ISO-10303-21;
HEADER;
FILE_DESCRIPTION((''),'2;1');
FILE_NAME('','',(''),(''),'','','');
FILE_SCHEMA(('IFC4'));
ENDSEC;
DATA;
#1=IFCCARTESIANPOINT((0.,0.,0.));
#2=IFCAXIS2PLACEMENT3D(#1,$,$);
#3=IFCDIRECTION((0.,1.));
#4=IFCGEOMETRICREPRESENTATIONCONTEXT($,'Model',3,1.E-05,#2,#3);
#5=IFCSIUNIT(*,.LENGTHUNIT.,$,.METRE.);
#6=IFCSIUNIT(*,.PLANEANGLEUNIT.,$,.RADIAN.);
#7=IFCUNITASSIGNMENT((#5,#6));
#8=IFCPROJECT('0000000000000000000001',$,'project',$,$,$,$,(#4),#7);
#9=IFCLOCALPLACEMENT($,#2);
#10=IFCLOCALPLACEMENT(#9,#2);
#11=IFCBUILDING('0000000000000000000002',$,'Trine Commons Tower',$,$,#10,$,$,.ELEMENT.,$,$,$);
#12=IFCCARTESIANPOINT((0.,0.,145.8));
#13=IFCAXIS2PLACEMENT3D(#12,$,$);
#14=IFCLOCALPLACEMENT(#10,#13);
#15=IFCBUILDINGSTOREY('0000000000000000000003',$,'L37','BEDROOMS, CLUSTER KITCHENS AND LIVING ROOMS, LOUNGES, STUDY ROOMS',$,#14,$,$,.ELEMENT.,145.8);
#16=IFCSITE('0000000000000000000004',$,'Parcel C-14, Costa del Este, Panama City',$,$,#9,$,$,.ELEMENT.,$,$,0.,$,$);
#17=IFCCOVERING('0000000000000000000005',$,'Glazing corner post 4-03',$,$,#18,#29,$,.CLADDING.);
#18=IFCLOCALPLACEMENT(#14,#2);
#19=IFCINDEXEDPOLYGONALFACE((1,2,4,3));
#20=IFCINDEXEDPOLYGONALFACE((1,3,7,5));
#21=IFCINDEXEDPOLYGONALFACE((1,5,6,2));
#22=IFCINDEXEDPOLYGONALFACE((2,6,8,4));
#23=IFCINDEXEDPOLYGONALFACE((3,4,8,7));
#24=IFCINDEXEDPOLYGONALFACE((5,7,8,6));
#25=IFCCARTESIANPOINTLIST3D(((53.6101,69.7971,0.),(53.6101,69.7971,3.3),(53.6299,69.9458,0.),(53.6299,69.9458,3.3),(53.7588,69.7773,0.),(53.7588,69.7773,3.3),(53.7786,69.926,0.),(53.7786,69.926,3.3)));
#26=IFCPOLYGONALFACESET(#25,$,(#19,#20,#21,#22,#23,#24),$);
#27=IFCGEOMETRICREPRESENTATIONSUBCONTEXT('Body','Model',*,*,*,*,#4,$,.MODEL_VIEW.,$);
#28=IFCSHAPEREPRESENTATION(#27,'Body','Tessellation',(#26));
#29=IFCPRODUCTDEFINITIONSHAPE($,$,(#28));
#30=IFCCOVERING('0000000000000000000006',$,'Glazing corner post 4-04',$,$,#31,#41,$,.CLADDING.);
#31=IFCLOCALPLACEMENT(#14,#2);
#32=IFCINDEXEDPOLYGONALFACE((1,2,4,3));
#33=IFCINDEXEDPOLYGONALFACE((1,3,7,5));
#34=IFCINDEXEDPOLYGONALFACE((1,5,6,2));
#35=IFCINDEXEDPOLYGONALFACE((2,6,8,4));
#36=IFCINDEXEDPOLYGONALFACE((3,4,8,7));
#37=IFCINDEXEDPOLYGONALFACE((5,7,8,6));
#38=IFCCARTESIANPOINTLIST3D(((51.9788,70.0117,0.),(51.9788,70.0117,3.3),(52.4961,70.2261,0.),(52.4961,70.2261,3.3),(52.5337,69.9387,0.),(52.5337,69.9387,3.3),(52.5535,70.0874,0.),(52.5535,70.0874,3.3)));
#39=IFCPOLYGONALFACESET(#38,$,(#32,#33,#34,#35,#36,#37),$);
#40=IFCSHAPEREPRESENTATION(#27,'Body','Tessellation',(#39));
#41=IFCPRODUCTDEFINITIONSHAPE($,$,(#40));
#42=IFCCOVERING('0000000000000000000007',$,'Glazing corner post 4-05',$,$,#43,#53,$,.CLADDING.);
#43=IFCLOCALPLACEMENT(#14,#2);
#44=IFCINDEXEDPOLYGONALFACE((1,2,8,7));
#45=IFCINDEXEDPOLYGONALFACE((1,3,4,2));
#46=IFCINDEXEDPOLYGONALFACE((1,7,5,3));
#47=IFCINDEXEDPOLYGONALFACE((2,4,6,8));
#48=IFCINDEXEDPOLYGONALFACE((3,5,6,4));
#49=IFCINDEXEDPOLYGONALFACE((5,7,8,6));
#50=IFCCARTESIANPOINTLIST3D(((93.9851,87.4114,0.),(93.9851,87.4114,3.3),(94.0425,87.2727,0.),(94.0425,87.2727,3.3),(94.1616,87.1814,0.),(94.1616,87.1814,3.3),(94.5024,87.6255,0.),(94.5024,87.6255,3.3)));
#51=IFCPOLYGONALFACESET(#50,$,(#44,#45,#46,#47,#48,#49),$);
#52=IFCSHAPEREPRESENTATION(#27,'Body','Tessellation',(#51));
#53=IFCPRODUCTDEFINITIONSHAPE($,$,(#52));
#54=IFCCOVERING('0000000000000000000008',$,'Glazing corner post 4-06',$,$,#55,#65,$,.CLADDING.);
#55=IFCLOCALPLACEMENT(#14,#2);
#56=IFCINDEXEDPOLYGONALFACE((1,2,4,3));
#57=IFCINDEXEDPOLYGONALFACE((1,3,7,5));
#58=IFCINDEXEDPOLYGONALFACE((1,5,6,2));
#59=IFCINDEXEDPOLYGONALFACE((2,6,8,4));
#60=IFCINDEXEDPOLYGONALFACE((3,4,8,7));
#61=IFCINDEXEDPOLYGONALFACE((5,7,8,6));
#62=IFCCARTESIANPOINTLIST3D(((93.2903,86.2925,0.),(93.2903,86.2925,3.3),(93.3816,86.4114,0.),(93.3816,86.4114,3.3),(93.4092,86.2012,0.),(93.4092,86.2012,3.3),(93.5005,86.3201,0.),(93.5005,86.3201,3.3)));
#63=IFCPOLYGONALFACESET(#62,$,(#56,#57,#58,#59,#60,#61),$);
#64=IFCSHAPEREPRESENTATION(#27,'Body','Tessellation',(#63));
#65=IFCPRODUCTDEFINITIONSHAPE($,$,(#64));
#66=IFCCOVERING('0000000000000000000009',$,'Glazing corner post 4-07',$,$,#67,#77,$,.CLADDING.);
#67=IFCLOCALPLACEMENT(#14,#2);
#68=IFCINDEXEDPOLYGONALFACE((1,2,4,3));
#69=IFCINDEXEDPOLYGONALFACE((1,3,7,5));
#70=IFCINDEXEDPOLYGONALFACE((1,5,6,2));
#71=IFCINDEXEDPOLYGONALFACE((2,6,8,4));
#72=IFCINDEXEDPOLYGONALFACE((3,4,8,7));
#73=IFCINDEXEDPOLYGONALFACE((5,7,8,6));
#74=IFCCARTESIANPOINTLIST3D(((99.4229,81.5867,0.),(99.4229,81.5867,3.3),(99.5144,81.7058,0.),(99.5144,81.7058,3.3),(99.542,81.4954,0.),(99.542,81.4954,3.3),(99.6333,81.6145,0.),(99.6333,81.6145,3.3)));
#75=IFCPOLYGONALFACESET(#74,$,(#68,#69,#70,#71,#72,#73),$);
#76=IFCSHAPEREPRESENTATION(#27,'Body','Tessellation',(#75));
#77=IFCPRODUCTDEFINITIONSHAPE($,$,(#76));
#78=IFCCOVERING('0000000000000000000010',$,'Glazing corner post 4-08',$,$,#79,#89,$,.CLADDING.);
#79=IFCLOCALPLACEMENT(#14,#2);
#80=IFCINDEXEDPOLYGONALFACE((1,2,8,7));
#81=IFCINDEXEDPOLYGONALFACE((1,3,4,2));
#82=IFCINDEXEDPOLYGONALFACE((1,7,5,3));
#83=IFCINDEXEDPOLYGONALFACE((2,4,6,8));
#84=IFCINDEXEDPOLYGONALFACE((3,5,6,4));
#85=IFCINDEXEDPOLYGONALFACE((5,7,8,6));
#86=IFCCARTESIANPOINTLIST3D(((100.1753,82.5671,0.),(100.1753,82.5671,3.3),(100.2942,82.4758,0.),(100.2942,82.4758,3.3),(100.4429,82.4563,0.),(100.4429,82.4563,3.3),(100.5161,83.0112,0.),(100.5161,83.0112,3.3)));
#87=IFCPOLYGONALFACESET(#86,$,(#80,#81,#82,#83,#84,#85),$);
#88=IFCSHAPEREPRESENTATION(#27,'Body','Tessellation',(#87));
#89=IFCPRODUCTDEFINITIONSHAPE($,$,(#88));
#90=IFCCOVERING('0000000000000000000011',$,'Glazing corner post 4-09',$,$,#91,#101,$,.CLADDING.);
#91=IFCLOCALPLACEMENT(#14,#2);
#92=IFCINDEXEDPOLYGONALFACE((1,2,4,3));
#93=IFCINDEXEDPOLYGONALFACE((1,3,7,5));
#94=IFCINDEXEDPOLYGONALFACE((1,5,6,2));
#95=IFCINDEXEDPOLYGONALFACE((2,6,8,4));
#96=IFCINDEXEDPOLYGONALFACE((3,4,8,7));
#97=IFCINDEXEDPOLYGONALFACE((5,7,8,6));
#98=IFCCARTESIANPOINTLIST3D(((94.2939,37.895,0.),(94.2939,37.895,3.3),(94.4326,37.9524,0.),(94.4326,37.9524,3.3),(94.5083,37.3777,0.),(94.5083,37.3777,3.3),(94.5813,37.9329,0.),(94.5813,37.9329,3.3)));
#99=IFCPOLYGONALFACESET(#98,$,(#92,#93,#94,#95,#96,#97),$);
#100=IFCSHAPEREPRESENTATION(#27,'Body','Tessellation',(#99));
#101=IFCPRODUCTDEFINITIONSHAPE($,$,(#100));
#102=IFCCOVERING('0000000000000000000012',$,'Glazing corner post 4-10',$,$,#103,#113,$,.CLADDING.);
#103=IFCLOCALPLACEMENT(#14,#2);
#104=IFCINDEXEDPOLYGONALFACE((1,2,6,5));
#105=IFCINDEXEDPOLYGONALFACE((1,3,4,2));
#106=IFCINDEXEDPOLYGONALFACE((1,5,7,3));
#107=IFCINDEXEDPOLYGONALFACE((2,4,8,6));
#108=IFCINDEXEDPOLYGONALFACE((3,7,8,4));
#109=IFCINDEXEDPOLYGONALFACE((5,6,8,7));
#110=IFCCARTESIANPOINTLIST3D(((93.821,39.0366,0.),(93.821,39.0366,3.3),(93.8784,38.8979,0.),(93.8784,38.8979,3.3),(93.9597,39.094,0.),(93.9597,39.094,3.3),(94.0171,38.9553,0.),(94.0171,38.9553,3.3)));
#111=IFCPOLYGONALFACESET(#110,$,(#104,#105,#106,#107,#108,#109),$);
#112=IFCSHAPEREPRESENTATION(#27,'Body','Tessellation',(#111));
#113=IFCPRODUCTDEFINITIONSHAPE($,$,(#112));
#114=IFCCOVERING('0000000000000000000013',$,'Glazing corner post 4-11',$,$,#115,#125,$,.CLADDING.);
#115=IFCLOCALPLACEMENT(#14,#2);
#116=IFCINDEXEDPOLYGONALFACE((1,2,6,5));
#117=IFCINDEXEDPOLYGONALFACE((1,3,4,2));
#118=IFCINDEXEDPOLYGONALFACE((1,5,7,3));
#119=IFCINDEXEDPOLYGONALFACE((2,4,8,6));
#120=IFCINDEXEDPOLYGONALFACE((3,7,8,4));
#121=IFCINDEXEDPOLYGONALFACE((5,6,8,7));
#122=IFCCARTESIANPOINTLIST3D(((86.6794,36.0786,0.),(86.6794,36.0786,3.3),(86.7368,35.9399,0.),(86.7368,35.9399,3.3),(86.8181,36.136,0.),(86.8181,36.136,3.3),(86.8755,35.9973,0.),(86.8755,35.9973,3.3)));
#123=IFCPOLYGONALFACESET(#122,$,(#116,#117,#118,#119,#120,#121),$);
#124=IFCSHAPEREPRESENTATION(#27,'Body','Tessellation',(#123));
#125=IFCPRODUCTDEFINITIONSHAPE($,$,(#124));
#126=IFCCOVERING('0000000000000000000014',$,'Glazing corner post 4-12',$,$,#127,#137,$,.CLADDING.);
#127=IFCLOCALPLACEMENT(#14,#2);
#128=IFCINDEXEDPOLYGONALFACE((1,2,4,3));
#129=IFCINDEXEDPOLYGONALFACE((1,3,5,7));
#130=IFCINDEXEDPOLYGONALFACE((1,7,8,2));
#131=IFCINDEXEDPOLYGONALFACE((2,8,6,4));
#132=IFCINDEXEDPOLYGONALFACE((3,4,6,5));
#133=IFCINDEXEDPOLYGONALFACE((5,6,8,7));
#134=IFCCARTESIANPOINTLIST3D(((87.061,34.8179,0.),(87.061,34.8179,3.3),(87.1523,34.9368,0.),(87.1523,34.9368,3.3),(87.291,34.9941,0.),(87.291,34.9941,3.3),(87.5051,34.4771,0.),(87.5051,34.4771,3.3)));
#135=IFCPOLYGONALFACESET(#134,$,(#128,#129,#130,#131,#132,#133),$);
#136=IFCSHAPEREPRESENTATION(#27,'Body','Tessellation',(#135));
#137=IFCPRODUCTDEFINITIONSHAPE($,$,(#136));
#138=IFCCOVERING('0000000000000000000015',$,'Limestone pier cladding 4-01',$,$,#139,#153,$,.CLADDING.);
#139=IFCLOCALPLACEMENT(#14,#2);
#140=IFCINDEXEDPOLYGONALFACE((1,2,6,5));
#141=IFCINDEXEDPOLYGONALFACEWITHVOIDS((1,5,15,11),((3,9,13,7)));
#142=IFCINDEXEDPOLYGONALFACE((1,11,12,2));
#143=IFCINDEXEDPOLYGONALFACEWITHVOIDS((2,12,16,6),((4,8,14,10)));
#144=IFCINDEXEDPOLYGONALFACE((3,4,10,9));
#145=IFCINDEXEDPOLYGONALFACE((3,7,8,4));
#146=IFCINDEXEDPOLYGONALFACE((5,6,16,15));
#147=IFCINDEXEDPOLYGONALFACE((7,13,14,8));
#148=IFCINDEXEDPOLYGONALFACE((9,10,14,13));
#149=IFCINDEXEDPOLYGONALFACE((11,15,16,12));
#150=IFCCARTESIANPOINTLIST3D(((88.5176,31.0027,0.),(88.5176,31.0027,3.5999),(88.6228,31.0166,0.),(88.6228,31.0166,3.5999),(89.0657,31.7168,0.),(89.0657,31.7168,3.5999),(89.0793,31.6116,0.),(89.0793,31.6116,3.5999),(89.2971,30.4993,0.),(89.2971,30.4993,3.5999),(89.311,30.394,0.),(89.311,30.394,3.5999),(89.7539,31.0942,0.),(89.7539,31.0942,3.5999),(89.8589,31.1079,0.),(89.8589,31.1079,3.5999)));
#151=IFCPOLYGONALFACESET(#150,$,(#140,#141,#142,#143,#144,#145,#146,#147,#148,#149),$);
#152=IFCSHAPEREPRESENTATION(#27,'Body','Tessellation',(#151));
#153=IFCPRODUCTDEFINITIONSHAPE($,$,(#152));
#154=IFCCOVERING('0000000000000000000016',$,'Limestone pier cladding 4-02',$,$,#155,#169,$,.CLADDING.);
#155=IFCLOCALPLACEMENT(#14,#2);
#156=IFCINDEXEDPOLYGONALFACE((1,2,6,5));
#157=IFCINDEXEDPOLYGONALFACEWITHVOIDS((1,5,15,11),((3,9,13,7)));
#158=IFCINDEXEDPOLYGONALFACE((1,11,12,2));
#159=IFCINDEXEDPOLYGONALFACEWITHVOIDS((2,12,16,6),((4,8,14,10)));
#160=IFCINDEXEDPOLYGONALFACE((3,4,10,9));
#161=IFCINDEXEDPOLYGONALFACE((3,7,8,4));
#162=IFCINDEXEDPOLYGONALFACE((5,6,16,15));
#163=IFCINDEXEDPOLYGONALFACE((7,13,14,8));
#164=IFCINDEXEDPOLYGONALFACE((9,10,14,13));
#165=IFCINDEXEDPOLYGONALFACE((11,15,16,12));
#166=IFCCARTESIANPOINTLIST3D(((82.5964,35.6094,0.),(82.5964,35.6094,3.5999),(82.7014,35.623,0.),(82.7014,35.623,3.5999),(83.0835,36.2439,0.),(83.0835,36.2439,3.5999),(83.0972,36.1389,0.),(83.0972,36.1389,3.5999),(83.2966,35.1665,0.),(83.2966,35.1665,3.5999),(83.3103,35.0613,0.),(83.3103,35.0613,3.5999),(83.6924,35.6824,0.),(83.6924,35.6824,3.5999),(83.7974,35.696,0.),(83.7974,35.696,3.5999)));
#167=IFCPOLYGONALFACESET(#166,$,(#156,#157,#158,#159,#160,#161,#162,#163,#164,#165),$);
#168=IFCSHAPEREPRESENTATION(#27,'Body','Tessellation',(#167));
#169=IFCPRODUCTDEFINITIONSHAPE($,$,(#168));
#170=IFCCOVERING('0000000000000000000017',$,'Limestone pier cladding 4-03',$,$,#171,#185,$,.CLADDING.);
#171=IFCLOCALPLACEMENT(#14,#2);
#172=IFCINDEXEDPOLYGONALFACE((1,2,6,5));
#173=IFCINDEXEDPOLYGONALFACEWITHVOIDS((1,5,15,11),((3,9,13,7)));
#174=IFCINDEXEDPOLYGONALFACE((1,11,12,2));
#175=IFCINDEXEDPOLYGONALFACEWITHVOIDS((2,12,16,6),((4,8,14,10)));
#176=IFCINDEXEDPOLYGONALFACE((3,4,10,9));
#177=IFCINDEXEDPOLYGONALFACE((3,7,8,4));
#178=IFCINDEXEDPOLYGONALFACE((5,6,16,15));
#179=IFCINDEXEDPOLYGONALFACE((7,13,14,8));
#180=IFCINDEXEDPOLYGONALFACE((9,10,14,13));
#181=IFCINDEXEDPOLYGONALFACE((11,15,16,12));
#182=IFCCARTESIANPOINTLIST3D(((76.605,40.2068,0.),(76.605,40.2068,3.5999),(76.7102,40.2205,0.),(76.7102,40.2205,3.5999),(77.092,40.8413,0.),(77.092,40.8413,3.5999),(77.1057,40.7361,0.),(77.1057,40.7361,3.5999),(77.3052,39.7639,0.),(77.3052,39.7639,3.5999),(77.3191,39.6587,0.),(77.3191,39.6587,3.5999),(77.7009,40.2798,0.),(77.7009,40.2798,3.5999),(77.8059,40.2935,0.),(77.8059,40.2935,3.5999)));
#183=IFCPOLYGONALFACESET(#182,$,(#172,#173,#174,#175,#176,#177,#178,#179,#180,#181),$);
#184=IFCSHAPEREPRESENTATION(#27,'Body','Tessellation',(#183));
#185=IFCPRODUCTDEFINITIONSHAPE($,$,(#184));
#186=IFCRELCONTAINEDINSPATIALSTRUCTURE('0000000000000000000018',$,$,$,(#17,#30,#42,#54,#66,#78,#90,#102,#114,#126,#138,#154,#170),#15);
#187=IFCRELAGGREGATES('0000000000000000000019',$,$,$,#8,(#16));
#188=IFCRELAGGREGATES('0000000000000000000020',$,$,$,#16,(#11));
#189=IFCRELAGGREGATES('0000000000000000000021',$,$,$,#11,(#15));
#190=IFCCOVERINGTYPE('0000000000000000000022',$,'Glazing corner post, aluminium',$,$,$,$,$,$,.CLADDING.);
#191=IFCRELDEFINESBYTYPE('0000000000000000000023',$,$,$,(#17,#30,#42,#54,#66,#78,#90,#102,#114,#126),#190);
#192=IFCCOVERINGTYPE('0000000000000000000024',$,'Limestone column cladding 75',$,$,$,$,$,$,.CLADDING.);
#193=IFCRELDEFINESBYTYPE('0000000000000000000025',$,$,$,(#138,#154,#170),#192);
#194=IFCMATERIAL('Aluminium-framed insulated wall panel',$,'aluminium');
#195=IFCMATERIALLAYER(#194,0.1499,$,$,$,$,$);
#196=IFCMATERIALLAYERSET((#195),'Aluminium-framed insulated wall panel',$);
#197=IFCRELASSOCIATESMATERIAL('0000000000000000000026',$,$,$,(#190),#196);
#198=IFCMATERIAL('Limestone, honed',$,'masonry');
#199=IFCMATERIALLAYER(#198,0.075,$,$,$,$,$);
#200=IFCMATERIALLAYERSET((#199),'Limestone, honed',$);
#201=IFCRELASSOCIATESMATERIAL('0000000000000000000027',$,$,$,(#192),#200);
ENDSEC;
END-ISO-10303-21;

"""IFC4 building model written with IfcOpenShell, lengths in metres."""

from ifc_helpers import new_model, si_unit, direction, frame, origin, place, context, subcontext, project, spatial, polyline, outline, extrude, material, layer, layer_set, type_object, element, save


model = new_model("IFC4")

# Units and contexts
model_context = context("Model", 3, precision=1e-05, world=origin(), true_north=direction((0.0, 1.0)))
body_context = subcontext(model_context, "Body", "Model", "MODEL_VIEW")
ifc_project = project(units=[si_unit("LENGTHUNIT", "METRE"), si_unit("PLANEANGLEUNIT", "RADIAN")], contexts=[model_context])

# Site, building, storey
site_placement = place(None, origin())
site = spatial("IfcSite", under=ifc_project, at=site_placement, Name="Parcel C-14, Costa del Este, Panama City", CompositionType="ELEMENT", RefElevation=0.0)
building_placement = place(site_placement, origin())
building = spatial("IfcBuilding", under=site, at=building_placement, Name="Trine Commons Tower", CompositionType="ELEMENT")
storey_placement = place(building_placement, frame((0.0, 0.0, 145.8)))
storey = spatial("IfcBuildingStorey", under=building, at=storey_placement, Name="L37", Description="BEDROOMS, CLUSTER KITCHENS AND LIVING ROOMS, LOUNGES, STUDY ROOMS", CompositionType="ELEMENT", Elevation=145.8)

# Coverings
ifc_material_1 = material(Name="Aluminium-framed insulated wall panel", Category="aluminium")
ifc_layer_1 = layer(ifc_material_1, 0.1499)
ifc_layer_set_1 = layer_set([ifc_layer_1], Name="Aluminium-framed insulated wall panel")
covering_type_1 = type_object("IfcCoveringType", Name="Glazing corner post, aluminium", PredefinedType="CLADDING", material=ifc_layer_set_1)
covering_1_placement = place(storey_placement, origin())
element("IfcCovering", 1, at=covering_1_placement, inside=storey, type_object=covering_type_1, Name="Glazing corner post 4-03", PredefinedType="CLADDING", context=body_context, shape_type="SweptSolid", body=[
    extrude(outline(polyline([(53.6101, 69.7971), (53.7588, 69.7773), (53.7786, 69.926), (53.6299, 69.9458), (53.6101, 69.7971)])), origin(), (0.0, 0.0, 1.0), 3.3),
])
covering_2_placement = place(storey_placement, origin())
element("IfcCovering", 2, at=covering_2_placement, inside=storey, type_object=covering_type_1, Name="Glazing corner post 4-04", PredefinedType="CLADDING", context=body_context, shape_type="SweptSolid", body=[
    extrude(outline(polyline([(52.5337, 69.9387), (52.5535, 70.0874), (52.4961, 70.2261), (51.9788, 70.0117), (52.5337, 69.9387)])), origin(), (0.0, 0.0, 1.0), 3.3),
])
covering_3_placement = place(storey_placement, origin())
element("IfcCovering", 3, at=covering_3_placement, inside=storey, type_object=covering_type_1, Name="Glazing corner post 4-05", PredefinedType="CLADDING", context=body_context, shape_type="SweptSolid", body=[
    extrude(outline(polyline([(94.0425, 87.2727), (94.0425, 87.2727), (94.1616, 87.1814), (94.5024, 87.6255), (93.9851, 87.4114), (94.0425, 87.2727)])), origin(), (0.0, 0.0, 1.0), 3.3),
])
covering_4_placement = place(storey_placement, origin())
element("IfcCovering", 4, at=covering_4_placement, inside=storey, type_object=covering_type_1, Name="Glazing corner post 4-06", PredefinedType="CLADDING", context=body_context, shape_type="SweptSolid", body=[
    extrude(outline(polyline([(93.4092, 86.2012), (93.5005, 86.3201), (93.3816, 86.4114), (93.2903, 86.2925), (93.4092, 86.2012)])), origin(), (0.0, 0.0, 1.0), 3.3),
])
covering_5_placement = place(storey_placement, origin())
element("IfcCovering", 5, at=covering_5_placement, inside=storey, type_object=covering_type_1, Name="Glazing corner post 4-07", PredefinedType="CLADDING", context=body_context, shape_type="SweptSolid", body=[
    extrude(outline(polyline([(99.4229, 81.5867), (99.542, 81.4954), (99.6333, 81.6145), (99.5144, 81.7058), (99.4229, 81.5867)])), origin(), (0.0, 0.0, 1.0), 3.3),
])
covering_6_placement = place(storey_placement, origin())
element("IfcCovering", 6, at=covering_6_placement, inside=storey, type_object=covering_type_1, Name="Glazing corner post 4-08", PredefinedType="CLADDING", context=body_context, shape_type="SweptSolid", body=[
    extrude(outline(polyline([(100.4429, 82.4563), (100.5161, 83.0112), (100.1753, 82.5671), (100.2942, 82.4758), (100.4429, 82.4563)])), origin(), (0.0, 0.0, 1.0), 3.3),
])
covering_7_placement = place(storey_placement, origin())
element("IfcCovering", 7, at=covering_7_placement, inside=storey, type_object=covering_type_1, Name="Glazing corner post 4-09", PredefinedType="CLADDING", context=body_context, shape_type="SweptSolid", body=[
    extrude(outline(polyline([(94.2939, 37.895), (94.5083, 37.3777), (94.5813, 37.9329), (94.4326, 37.9524), (94.4326, 37.9524), (94.2939, 37.895)])), origin(), (0.0, 0.0, 1.0), 3.3),
])
covering_8_placement = place(storey_placement, origin())
element("IfcCovering", 8, at=covering_8_placement, inside=storey, type_object=covering_type_1, Name="Glazing corner post 4-10", PredefinedType="CLADDING", context=body_context, shape_type="SweptSolid", body=[
    extrude(outline(polyline([(93.821, 39.0366), (93.8784, 38.8979), (93.8784, 38.8979), (94.0171, 38.9553), (93.9597, 39.094), (93.821, 39.0366)])), origin(), (0.0, 0.0, 1.0), 3.3),
])
covering_9_placement = place(storey_placement, origin())
element("IfcCovering", 9, at=covering_9_placement, inside=storey, type_object=covering_type_1, Name="Glazing corner post 4-11", PredefinedType="CLADDING", context=body_context, shape_type="SweptSolid", body=[
    extrude(outline(polyline([(86.7368, 35.9399), (86.8755, 35.9973), (86.8181, 36.136), (86.6794, 36.0786), (86.7368, 35.9399)])), origin(), (0.0, 0.0, 1.0), 3.3),
])
covering_10_placement = place(storey_placement, origin())
element("IfcCovering", 10, at=covering_10_placement, inside=storey, type_object=covering_type_1, Name="Glazing corner post 4-12", PredefinedType="CLADDING", context=body_context, shape_type="SweptSolid", body=[
    extrude(outline(polyline([(87.061, 34.8179), (87.5051, 34.4771), (87.291, 34.9941), (87.1523, 34.9368), (87.061, 34.8179)])), origin(), (0.0, 0.0, 1.0), 3.3),
])
ifc_material_2 = material(Name="Limestone, honed", Category="masonry")
ifc_layer_2 = layer(ifc_material_2, 0.075)
ifc_layer_set_2 = layer_set([ifc_layer_2], Name="Limestone, honed")
covering_type_2 = type_object("IfcCoveringType", Name="Limestone column cladding 75", PredefinedType="CLADDING", material=ifc_layer_set_2)
covering_11_placement = place(storey_placement, origin())
element("IfcCovering", 11, at=covering_11_placement, inside=storey, type_object=covering_type_2, Name="Limestone pier cladding 4-01", PredefinedType="CLADDING", context=body_context, shape_type="SweptSolid", body=[
    extrude(outline(polyline([(89.0657, 31.7168), (88.5176, 31.0027), (89.311, 30.394), (89.8589, 31.1079), (89.0657, 31.7168)]), holes=[polyline([(89.0793, 31.6116), (88.6228, 31.0166), (89.2971, 30.4993), (89.7539, 31.0942), (89.0793, 31.6116)])]), origin(), (0.0, 0.0, 1.0), 3.5999),
])
covering_12_placement = place(storey_placement, origin())
element("IfcCovering", 12, at=covering_12_placement, inside=storey, type_object=covering_type_2, Name="Limestone pier cladding 4-02", PredefinedType="CLADDING", context=body_context, shape_type="SweptSolid", body=[
    extrude(outline(polyline([(83.0835, 36.2439), (82.5964, 35.6094), (83.3103, 35.0613), (83.7974, 35.696), (83.0835, 36.2439)]), holes=[polyline([(83.0972, 36.1389), (82.7014, 35.623), (83.2966, 35.1665), (83.6924, 35.6824), (83.0972, 36.1389)])]), origin(), (0.0, 0.0, 1.0), 3.5999),
])
covering_13_placement = place(storey_placement, origin())
element("IfcCovering", 13, at=covering_13_placement, inside=storey, type_object=covering_type_2, Name="Limestone pier cladding 4-03", PredefinedType="CLADDING", context=body_context, shape_type="SweptSolid", body=[
    extrude(outline(polyline([(77.092, 40.8413), (76.605, 40.2068), (77.3191, 39.6587), (77.8059, 40.2935), (77.092, 40.8413)]), holes=[polyline([(77.1057, 40.7361), (76.7102, 40.2205), (77.3052, 39.7639), (77.7009, 40.2798), (77.1057, 40.7361)])]), origin(), (0.0, 0.0, 1.0), 3.5999),
])

save(model, "model.ifc")
